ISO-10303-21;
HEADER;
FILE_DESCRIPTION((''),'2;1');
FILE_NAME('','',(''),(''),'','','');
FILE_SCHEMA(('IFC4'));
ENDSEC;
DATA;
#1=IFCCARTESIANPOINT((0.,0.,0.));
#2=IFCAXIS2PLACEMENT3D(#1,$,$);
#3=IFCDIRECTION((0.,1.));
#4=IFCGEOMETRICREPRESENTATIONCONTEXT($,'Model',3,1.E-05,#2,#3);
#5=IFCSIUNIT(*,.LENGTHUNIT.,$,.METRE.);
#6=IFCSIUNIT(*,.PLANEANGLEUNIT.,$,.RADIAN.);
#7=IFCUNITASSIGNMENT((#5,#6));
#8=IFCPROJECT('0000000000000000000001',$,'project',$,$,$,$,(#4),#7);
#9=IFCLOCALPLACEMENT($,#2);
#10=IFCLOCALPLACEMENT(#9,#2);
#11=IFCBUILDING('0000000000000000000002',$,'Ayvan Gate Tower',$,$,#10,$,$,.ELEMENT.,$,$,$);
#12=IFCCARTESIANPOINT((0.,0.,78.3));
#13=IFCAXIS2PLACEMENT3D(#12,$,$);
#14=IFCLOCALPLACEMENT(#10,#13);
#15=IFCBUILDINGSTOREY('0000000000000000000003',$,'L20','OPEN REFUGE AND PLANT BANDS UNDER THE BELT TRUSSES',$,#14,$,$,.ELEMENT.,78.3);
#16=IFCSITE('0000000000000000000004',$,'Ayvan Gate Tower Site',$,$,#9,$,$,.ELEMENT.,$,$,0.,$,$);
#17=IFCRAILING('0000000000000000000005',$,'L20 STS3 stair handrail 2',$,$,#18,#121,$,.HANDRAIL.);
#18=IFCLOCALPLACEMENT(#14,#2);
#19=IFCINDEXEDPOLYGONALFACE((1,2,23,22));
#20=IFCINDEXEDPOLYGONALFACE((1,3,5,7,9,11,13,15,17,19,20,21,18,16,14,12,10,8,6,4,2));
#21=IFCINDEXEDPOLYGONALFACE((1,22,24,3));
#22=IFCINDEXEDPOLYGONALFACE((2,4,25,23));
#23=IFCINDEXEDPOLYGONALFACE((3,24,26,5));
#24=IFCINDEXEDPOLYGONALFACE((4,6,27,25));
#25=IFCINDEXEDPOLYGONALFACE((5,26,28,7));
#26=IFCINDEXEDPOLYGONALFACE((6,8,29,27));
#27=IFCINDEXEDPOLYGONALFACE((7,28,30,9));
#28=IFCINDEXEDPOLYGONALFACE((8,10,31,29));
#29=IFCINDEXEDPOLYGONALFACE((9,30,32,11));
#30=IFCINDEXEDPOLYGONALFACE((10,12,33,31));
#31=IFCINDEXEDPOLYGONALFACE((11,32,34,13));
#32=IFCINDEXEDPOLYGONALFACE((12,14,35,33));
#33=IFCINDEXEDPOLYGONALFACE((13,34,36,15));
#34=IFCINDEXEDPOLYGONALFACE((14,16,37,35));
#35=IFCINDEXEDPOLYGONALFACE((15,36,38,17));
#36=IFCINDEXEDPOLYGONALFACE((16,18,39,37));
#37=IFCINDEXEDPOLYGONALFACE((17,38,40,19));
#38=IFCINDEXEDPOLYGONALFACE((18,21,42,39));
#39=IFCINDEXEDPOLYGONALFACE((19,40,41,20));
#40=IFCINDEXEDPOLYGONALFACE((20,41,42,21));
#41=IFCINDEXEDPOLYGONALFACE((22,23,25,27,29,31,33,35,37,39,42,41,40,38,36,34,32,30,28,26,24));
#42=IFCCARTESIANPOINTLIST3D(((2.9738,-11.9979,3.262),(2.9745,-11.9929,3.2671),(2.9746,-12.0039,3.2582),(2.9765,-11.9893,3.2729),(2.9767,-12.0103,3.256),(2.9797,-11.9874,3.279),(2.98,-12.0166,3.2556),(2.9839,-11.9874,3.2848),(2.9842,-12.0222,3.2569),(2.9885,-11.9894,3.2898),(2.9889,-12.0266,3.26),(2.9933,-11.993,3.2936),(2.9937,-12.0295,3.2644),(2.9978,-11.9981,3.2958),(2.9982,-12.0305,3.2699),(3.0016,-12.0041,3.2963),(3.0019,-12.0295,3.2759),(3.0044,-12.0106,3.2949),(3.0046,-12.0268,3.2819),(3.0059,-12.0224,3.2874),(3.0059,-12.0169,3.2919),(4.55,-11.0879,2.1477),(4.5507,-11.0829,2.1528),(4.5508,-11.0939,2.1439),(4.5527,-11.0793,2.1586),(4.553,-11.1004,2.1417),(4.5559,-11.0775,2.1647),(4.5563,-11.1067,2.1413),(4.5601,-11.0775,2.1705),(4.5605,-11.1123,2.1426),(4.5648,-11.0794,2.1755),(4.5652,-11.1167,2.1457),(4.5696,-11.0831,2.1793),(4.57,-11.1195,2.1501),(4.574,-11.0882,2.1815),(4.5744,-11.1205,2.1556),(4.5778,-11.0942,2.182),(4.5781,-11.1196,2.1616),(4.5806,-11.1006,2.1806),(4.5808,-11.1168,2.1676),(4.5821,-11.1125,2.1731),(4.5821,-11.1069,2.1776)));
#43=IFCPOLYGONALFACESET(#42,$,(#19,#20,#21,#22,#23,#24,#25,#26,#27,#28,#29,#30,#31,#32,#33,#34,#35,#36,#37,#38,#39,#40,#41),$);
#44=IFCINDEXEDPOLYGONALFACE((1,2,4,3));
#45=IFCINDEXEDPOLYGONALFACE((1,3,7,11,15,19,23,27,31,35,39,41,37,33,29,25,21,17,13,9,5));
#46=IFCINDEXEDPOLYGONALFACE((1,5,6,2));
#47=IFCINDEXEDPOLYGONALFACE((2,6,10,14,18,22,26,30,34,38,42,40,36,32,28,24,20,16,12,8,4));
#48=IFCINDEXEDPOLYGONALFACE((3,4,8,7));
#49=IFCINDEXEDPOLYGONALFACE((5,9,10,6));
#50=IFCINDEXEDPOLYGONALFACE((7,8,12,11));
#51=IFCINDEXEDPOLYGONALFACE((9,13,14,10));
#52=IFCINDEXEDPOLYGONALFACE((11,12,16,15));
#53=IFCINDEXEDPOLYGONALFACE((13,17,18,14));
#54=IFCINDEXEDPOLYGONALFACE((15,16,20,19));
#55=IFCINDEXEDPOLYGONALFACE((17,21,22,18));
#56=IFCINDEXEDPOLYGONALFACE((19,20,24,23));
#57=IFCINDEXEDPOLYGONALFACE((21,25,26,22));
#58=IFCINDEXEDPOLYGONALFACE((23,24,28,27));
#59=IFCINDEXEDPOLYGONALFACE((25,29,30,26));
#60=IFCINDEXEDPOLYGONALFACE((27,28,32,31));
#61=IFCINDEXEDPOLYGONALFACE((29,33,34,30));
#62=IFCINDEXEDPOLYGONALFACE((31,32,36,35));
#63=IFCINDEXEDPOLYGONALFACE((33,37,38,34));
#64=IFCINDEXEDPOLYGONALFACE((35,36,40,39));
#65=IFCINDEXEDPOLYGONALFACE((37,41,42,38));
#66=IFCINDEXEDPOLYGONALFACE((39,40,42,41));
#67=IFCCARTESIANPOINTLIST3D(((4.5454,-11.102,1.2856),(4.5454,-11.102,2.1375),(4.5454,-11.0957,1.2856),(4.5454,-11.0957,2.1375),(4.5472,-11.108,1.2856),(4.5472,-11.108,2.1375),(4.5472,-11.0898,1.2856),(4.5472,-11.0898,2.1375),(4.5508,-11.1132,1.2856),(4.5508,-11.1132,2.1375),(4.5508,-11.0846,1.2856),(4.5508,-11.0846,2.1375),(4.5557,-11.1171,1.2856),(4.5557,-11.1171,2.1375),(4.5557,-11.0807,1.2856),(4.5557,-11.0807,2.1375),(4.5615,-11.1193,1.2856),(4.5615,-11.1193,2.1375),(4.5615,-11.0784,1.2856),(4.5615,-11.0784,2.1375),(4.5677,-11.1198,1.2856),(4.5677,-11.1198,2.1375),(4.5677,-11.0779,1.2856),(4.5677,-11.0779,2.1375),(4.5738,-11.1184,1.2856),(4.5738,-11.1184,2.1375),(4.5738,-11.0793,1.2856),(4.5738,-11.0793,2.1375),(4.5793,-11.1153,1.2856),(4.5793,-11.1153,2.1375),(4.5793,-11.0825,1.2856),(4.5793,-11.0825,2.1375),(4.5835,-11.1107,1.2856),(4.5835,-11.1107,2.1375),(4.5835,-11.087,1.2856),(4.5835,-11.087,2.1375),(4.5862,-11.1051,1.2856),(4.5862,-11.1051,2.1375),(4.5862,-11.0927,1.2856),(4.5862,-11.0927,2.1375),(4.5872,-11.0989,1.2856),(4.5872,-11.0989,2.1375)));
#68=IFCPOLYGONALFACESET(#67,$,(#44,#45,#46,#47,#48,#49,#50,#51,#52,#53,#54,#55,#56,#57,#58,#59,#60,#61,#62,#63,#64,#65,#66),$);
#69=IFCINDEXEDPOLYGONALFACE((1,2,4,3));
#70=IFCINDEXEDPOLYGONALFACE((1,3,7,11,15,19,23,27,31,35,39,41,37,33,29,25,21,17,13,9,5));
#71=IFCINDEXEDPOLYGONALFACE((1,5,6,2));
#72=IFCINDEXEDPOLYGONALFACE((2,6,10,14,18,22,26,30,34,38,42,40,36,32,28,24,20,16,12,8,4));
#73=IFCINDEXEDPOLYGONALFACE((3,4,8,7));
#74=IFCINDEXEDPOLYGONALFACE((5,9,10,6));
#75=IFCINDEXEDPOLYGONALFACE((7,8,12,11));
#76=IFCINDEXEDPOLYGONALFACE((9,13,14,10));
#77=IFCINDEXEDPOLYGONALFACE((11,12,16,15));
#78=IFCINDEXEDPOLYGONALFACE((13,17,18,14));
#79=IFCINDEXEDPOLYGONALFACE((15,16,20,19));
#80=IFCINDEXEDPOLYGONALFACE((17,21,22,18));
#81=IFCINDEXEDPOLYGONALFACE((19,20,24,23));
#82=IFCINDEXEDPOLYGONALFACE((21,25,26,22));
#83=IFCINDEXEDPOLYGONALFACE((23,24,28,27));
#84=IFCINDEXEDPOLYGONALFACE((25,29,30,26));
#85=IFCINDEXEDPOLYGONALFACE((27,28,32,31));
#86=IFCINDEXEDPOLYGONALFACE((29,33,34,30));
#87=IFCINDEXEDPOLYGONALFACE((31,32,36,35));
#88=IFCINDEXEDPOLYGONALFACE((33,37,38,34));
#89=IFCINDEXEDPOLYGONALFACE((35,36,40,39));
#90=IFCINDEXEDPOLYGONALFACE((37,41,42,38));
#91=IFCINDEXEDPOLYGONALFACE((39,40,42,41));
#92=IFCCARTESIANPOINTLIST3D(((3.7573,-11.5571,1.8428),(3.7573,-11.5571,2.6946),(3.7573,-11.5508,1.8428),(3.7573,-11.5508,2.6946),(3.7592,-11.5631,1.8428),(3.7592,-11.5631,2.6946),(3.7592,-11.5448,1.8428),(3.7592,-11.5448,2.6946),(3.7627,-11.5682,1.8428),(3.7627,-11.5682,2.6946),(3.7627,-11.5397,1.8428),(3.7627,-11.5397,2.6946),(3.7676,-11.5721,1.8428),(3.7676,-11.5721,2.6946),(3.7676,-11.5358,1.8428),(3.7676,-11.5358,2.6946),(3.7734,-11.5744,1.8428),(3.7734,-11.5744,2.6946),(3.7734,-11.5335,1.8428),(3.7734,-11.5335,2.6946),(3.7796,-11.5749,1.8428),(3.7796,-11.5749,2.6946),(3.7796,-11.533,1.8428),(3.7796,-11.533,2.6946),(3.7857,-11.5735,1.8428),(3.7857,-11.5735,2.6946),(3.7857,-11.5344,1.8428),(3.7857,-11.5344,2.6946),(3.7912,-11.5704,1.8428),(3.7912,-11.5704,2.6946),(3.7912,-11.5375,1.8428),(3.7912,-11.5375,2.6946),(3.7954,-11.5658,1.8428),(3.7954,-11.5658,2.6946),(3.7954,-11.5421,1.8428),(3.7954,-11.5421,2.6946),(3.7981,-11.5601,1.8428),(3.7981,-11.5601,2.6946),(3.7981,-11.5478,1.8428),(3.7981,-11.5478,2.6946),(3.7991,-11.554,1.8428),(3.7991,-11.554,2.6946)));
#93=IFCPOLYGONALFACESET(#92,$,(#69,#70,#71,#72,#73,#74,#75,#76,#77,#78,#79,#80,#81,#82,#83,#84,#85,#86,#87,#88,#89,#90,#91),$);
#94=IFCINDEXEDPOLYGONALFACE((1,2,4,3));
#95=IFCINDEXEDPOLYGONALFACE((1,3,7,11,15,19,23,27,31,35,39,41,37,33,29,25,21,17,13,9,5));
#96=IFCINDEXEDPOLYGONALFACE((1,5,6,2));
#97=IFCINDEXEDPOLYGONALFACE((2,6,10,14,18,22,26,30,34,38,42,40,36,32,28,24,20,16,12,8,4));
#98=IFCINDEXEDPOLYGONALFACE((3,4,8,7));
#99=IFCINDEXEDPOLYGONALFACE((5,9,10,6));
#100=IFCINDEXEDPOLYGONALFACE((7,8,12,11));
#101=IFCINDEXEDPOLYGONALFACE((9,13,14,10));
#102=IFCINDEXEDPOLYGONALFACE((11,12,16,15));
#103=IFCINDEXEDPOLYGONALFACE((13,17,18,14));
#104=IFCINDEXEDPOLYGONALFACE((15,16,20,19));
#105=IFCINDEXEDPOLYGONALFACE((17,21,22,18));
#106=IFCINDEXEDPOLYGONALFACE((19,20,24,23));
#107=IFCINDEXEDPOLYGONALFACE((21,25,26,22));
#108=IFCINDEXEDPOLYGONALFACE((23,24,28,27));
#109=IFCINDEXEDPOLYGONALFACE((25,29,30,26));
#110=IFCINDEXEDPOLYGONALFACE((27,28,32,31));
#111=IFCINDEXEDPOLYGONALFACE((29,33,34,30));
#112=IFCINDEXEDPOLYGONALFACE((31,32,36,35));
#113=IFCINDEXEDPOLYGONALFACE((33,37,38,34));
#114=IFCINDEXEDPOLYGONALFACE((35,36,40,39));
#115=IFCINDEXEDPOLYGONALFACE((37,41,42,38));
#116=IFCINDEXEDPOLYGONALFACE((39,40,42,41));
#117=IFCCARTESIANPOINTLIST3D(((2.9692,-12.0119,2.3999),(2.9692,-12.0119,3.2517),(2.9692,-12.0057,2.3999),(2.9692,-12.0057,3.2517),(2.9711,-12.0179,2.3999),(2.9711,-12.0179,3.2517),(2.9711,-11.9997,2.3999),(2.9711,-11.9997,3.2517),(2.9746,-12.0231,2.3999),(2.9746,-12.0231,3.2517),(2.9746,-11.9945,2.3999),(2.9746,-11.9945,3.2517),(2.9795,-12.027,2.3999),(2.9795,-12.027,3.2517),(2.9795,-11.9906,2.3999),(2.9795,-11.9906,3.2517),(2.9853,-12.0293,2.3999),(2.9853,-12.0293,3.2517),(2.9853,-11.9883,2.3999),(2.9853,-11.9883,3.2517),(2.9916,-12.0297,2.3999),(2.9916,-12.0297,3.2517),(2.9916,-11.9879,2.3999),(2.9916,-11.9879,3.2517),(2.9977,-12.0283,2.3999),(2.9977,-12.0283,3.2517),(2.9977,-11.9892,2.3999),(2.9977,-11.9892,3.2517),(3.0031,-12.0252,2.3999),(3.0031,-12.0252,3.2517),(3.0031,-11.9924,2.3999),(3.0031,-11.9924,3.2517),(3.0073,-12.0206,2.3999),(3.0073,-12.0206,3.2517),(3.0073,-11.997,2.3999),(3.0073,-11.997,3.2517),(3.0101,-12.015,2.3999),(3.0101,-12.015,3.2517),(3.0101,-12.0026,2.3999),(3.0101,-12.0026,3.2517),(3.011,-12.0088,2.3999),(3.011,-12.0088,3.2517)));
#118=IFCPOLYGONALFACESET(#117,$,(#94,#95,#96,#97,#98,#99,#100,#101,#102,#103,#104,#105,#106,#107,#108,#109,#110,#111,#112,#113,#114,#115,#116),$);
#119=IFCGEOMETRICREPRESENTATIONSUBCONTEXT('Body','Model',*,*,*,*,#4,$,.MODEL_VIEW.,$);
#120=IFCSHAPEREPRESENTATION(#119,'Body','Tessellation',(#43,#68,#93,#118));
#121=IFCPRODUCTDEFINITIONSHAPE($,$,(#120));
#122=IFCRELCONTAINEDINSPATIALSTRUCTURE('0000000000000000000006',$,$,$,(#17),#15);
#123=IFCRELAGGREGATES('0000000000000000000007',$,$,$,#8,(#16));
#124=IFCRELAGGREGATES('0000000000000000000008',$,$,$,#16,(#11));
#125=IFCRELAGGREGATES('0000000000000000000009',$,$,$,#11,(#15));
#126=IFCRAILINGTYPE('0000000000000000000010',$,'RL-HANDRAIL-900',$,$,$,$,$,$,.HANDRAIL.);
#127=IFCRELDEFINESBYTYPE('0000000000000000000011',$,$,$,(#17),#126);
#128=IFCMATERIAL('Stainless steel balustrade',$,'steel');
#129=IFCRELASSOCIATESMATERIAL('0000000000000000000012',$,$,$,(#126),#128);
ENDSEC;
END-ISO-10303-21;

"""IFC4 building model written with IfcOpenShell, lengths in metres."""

from ifc_helpers import new_model, si_unit, direction, frame, origin, origin_2d, place, context, subcontext, project, spatial, circle, extrude, material, type_object, element, save


model = new_model("IFC4")

# Units and contexts
model_context = context("Model", 3, precision=1e-05, world=origin(), true_north=direction((0.0, 1.0)))
body_context = subcontext(model_context, "Body", "Model", "MODEL_VIEW")
ifc_project = project(units=[si_unit("LENGTHUNIT", "METRE"), si_unit("PLANEANGLEUNIT", "RADIAN")], contexts=[model_context])

# Site, building, storey
site_placement = place(None, origin())
site = spatial("IfcSite", under=ifc_project, at=site_placement, Name="Ayvan Gate Tower Site", CompositionType="ELEMENT", RefElevation=0.0)
building_placement = place(site_placement, origin())
building = spatial("IfcBuilding", under=site, at=building_placement, Name="Ayvan Gate Tower", CompositionType="ELEMENT")
storey_placement = place(building_placement, frame((0.0, 0.0, 78.3)))
storey = spatial("IfcBuildingStorey", under=building, at=storey_placement, Name="L20", Description="OPEN REFUGE AND PLANT BANDS UNDER THE BELT TRUSSES", CompositionType="ELEMENT", Elevation=78.3)

# Railing
ifc_material_1 = material(Name="Stainless steel balustrade", Category="steel")
railing_type_1 = type_object("IfcRailingType", Name="RL-HANDRAIL-900", PredefinedType="HANDRAIL", material=ifc_material_1)
for number, where, name in (
    (1, (4.5662, -11.0989, 1.2856), "L20 STS3 stair handrail 2"),
):
    element("IfcRailing", number, at=place(storey_placement, frame(where)), inside=storey, type_object=railing_type_1, Name=name, PredefinedType="HANDRAIL", context=body_context, shape_type="SweptSolid", body=[
        extrude(circle(Radius=0.0239, at=origin_2d()), frame((0.0, 0.0, 0.876), z_axis=(-0.73861, -0.426394, 0.522153), x_axis=(0.499962, -0.866047, 0.0)), (0.0, 0.0, 1.0), 2.134),
        extrude(circle(Radius=0.021, at=origin_2d()), origin(), (0.0, 0.0, 1.0), 0.8518),
        extrude(circle(Radius=0.021, at=origin_2d()), frame((-0.7881, -0.4551, 0.5571)), (0.0, 0.0, 1.0), 0.8518),
        extrude(circle(Radius=0.021, at=origin_2d()), frame((-1.5762, -0.9099, 1.1143)), (0.0, 0.0, 1.0), 0.8518),
    ])

save(model, "model.ifc")
